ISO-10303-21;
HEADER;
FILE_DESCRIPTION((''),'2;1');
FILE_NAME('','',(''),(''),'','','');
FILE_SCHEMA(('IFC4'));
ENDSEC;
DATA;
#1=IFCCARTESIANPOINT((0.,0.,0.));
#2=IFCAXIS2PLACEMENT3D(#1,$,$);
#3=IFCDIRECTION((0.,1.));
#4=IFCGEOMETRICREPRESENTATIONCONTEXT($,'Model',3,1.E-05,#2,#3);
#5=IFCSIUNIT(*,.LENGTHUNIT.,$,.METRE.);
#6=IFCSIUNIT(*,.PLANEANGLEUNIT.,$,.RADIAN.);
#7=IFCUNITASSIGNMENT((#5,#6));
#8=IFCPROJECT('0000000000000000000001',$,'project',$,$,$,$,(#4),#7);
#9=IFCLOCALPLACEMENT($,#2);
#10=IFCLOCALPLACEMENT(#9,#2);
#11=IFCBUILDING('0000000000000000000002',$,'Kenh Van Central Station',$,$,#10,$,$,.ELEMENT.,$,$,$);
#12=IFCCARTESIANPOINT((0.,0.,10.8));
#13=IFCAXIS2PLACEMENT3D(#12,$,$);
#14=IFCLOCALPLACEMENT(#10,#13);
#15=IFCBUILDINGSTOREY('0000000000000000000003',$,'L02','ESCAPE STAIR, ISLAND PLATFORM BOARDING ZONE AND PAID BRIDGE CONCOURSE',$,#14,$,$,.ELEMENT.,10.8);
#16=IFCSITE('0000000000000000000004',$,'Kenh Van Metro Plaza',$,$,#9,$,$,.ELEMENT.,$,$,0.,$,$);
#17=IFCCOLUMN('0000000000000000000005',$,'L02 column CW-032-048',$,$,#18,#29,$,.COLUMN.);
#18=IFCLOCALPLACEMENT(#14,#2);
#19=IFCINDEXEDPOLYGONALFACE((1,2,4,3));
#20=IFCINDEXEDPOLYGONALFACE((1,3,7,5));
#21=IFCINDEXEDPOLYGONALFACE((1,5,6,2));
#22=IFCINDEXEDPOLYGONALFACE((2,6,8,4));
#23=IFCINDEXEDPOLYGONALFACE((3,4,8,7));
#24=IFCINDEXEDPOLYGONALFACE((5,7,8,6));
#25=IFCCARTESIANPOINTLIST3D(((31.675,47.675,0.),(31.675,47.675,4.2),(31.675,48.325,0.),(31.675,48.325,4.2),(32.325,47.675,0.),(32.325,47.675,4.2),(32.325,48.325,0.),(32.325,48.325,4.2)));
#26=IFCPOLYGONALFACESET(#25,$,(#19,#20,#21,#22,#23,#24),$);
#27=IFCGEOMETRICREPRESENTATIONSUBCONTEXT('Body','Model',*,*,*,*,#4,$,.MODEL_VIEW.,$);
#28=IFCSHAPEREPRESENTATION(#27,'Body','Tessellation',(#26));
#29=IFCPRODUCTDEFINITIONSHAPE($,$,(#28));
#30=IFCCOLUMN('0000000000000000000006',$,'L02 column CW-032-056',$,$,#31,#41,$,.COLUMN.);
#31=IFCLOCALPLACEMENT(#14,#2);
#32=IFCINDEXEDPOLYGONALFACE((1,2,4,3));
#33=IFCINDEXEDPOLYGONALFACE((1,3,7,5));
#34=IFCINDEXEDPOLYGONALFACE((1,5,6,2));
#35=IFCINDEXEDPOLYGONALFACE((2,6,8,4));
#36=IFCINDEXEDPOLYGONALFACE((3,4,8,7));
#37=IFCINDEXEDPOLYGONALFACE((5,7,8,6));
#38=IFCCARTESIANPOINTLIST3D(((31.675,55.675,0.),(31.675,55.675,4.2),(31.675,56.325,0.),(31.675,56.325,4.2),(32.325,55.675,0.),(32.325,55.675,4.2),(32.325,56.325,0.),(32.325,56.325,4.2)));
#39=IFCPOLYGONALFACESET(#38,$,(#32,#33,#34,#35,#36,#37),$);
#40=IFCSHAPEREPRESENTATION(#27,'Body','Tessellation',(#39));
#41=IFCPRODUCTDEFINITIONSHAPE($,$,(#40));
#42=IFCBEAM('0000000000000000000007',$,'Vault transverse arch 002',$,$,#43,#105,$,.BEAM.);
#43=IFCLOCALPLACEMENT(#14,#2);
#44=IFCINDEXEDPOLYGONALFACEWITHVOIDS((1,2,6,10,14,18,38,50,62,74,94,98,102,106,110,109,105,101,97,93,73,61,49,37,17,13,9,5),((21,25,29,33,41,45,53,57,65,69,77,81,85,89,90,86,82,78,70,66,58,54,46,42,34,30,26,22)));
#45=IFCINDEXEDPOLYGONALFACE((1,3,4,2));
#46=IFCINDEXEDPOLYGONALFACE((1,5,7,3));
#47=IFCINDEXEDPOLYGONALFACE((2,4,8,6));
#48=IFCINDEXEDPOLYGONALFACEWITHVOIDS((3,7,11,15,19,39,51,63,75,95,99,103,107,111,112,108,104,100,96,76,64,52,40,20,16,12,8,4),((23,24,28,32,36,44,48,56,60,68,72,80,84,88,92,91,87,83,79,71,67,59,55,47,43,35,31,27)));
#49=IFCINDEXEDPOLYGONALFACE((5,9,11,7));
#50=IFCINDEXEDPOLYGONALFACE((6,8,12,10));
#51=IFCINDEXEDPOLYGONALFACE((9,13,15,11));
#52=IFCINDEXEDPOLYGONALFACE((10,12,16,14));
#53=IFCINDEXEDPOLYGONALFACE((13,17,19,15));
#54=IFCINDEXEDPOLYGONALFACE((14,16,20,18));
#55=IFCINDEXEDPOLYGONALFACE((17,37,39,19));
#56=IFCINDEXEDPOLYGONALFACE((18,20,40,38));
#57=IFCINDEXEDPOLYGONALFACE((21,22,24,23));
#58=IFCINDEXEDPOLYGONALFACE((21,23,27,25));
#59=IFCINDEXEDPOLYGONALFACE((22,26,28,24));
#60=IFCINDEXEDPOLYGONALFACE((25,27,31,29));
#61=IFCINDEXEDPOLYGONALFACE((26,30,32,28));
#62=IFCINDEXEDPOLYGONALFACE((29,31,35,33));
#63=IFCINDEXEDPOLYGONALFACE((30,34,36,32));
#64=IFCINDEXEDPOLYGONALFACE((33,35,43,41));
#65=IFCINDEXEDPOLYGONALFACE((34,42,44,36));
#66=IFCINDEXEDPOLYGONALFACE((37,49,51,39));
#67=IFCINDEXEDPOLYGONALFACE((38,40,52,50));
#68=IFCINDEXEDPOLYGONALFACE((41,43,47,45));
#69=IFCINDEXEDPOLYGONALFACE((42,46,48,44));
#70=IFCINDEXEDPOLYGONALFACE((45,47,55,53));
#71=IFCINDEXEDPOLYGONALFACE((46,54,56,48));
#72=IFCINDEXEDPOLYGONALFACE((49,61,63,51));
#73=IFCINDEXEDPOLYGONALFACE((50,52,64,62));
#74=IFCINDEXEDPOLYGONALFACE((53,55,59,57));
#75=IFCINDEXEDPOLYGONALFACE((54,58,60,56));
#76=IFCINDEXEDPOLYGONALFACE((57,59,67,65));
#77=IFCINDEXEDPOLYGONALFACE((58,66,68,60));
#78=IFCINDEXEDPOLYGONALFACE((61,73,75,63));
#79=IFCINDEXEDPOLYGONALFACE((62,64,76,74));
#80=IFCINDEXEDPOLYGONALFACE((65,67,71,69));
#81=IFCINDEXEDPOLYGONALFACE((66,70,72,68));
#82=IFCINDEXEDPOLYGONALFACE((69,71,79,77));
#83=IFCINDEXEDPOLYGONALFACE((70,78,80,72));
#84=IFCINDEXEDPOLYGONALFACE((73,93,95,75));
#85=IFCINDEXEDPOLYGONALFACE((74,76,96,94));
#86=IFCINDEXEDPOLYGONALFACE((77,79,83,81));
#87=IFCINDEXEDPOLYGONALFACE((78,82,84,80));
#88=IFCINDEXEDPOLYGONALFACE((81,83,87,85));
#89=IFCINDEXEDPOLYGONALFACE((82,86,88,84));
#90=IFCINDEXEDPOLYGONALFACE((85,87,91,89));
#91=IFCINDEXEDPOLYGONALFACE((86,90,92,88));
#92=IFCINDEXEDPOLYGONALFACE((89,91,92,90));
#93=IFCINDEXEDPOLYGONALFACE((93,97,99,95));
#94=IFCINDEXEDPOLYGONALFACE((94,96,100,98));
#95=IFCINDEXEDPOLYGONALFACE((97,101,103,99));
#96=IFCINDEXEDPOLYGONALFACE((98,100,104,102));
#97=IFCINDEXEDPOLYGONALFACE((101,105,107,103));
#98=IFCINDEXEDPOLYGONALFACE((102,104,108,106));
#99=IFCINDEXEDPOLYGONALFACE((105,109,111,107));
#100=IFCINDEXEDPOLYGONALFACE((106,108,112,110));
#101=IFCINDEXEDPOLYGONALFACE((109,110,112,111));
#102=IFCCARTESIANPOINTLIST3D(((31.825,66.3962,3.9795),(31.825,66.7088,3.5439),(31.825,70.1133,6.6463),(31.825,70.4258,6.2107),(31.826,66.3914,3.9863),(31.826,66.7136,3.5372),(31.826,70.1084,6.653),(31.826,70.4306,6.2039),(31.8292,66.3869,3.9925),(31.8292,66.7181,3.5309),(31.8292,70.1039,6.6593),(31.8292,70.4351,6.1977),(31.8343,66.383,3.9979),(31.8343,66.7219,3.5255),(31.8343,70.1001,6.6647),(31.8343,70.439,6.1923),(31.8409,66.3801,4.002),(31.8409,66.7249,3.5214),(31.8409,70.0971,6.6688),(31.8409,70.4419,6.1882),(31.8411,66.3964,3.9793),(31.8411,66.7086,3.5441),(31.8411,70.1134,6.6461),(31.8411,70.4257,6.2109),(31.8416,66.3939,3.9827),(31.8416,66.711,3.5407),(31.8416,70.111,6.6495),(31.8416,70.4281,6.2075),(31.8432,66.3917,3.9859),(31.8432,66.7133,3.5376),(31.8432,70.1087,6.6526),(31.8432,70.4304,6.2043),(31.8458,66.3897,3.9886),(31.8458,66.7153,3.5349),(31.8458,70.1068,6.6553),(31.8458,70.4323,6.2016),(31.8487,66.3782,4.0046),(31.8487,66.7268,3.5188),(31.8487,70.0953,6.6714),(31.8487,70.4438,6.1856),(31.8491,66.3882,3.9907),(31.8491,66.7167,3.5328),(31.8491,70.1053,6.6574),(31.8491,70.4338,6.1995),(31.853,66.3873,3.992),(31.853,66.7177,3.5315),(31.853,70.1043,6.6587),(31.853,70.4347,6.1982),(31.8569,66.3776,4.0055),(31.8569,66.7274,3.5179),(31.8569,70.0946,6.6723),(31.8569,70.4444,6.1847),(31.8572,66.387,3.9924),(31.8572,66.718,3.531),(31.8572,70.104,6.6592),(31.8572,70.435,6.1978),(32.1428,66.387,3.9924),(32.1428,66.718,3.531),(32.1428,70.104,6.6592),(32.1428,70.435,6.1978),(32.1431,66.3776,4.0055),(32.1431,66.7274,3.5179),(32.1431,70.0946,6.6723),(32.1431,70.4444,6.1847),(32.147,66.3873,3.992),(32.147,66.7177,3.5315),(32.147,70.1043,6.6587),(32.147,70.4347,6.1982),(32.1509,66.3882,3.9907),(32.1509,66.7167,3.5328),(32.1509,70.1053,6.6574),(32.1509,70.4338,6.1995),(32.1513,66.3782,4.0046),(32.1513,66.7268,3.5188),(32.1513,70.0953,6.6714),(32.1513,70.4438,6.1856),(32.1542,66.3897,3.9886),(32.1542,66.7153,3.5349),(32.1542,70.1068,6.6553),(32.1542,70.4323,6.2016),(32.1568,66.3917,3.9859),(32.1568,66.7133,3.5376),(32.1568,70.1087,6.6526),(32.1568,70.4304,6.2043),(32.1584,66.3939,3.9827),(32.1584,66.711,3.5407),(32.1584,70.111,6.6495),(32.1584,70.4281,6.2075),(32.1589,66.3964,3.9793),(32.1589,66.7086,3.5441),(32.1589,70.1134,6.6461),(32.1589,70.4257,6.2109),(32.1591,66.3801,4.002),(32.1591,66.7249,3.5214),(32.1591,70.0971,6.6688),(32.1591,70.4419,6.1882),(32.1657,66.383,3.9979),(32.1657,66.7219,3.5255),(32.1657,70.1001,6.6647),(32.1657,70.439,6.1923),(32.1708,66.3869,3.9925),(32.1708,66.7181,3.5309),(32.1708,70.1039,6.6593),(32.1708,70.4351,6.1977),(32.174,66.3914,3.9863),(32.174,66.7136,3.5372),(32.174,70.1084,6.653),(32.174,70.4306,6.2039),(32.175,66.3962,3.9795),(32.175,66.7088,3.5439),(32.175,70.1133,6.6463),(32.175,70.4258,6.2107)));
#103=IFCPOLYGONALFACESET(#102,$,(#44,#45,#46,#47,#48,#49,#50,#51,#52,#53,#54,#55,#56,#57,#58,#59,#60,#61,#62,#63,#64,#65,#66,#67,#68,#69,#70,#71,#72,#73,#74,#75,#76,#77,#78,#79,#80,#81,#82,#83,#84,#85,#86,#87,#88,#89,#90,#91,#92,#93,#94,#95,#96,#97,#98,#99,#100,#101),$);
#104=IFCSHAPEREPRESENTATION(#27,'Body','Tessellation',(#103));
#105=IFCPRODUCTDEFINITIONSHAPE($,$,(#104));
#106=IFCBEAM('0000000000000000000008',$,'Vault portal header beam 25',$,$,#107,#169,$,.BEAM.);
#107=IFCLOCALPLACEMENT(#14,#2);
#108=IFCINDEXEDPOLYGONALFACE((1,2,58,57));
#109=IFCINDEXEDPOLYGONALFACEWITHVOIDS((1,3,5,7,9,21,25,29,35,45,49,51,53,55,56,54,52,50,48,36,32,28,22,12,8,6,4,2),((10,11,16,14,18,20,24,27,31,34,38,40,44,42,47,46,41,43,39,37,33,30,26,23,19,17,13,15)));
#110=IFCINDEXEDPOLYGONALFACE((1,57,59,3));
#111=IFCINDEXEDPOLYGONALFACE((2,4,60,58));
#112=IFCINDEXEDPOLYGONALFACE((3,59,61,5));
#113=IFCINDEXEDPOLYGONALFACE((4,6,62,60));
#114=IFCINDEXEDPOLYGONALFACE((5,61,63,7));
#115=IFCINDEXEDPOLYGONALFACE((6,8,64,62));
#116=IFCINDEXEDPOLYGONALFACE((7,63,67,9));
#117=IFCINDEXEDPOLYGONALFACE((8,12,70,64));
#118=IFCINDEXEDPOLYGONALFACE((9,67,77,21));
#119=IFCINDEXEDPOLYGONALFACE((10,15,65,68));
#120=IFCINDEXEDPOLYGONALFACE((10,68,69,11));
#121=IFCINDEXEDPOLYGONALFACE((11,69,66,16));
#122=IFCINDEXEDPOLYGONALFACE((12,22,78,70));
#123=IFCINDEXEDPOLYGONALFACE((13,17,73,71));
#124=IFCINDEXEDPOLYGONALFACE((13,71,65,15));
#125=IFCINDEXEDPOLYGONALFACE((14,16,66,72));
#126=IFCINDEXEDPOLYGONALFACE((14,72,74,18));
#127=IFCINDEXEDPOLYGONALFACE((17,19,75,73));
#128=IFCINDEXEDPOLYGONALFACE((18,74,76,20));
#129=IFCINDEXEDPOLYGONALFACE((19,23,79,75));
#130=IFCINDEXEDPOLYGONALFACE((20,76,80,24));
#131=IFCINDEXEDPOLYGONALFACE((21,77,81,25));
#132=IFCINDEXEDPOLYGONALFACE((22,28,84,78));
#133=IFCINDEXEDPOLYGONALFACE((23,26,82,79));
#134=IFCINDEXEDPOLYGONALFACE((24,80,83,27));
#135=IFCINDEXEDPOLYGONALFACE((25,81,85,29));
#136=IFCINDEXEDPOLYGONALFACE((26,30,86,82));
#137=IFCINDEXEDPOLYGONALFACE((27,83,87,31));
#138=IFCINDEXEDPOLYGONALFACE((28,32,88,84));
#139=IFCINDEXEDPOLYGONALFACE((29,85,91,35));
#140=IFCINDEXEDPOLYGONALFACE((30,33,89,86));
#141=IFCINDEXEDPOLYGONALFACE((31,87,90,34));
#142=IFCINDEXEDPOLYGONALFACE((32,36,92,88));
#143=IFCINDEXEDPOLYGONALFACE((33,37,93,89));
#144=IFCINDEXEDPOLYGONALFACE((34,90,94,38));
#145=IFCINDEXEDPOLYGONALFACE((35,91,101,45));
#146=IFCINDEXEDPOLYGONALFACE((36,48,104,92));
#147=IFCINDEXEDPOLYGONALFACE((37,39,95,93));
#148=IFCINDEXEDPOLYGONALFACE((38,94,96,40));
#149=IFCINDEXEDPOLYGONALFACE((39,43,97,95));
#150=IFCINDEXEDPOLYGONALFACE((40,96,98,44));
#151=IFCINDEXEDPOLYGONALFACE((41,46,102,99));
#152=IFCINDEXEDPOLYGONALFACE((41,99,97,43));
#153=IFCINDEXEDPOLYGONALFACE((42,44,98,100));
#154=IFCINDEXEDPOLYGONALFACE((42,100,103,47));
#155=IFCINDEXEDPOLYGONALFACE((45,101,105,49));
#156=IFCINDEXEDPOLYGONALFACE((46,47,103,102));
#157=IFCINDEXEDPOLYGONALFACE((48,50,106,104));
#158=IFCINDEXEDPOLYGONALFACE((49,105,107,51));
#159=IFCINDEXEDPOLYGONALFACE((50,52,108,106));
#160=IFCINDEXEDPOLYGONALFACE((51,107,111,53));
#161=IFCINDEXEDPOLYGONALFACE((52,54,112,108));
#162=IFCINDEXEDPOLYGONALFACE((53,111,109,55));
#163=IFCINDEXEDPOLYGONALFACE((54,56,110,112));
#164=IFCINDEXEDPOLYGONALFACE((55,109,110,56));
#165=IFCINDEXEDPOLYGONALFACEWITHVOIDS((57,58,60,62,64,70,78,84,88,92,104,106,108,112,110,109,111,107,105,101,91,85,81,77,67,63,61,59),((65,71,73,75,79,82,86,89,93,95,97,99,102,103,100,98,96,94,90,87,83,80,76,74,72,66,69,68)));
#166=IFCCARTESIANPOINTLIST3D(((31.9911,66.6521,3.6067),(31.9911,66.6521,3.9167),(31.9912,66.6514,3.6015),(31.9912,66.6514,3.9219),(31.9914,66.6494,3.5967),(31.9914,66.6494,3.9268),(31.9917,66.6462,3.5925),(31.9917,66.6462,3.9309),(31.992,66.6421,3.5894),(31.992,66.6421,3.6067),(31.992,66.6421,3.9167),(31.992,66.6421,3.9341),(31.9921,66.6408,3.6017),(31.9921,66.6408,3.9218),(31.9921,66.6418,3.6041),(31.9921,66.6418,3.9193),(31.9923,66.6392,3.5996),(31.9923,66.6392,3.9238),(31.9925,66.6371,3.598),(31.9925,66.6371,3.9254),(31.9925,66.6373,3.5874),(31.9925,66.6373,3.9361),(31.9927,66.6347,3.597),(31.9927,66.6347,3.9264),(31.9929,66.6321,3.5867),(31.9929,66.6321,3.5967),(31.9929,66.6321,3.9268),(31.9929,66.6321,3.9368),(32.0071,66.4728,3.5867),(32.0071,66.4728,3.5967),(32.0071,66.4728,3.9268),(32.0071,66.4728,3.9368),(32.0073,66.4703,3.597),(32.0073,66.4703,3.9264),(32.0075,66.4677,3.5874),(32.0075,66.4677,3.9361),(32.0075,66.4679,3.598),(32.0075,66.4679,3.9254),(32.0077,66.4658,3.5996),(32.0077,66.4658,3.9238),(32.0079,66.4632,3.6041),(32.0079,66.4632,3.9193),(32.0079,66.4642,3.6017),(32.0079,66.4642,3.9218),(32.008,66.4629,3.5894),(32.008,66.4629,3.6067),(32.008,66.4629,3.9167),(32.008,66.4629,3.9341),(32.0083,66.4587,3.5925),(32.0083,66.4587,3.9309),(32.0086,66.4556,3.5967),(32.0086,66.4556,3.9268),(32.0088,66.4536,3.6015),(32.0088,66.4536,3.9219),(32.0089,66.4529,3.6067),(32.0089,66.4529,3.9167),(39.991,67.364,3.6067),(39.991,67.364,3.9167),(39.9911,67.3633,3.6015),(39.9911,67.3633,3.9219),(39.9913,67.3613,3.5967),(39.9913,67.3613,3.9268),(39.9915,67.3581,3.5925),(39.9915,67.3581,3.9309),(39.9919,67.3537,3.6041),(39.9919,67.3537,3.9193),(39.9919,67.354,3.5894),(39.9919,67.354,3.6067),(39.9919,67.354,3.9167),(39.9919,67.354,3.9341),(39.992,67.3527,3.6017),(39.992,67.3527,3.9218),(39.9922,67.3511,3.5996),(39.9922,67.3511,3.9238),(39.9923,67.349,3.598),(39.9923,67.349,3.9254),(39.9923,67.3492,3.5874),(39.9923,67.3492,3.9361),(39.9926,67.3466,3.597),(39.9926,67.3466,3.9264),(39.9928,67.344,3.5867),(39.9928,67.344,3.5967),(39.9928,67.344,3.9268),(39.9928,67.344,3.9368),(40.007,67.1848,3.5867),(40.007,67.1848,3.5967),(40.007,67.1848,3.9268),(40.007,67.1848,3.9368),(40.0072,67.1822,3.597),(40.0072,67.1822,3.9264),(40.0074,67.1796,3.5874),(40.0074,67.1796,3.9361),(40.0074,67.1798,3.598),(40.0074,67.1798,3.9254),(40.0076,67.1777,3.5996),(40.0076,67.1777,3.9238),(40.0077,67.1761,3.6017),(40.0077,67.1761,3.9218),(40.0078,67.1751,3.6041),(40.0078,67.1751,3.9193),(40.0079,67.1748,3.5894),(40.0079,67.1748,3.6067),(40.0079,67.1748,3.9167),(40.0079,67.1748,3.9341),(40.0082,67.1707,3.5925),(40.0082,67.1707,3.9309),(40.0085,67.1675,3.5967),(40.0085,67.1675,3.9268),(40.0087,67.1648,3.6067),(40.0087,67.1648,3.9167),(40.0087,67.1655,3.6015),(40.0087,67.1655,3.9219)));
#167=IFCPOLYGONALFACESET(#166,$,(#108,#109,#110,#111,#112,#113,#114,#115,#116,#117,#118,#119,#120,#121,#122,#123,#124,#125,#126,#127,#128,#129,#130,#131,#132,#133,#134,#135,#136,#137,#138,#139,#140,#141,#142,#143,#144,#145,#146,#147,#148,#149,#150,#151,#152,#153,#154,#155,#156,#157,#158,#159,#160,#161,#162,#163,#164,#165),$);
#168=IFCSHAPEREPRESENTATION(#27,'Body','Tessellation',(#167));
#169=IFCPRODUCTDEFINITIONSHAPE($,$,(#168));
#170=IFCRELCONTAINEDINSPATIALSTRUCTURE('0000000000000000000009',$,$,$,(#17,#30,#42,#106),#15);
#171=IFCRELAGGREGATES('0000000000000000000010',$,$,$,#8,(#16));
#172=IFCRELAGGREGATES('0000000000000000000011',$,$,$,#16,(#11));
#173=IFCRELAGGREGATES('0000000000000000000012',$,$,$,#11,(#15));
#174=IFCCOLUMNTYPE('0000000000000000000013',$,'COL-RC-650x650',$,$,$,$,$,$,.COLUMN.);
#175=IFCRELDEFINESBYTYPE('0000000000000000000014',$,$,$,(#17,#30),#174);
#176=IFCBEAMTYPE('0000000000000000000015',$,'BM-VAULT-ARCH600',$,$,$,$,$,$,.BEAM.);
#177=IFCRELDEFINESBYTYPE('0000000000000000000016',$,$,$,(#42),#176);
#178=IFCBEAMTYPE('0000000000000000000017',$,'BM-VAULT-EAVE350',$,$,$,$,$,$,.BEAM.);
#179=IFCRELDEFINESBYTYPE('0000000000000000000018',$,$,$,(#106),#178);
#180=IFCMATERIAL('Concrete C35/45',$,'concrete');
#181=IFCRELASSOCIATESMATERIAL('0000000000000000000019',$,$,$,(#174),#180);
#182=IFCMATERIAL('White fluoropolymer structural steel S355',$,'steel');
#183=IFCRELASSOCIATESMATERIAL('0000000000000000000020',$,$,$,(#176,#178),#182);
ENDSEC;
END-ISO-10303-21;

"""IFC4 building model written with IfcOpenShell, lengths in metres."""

from ifc_helpers import new_model, si_unit, direction, frame, origin, origin_2d, place, context, subcontext, project, spatial, rectangle, hollow_rectangle, extrude, material, material_profile, profile_set, type_object, element, save


model = new_model("IFC4")

# Units and contexts
model_context = context("Model", 3, precision=1e-05, world=origin(), true_north=direction((0.0, 1.0)))
body_context = subcontext(model_context, "Body", "Model", "MODEL_VIEW")
ifc_project = project(units=[si_unit("LENGTHUNIT", "METRE"), si_unit("PLANEANGLEUNIT", "RADIAN")], contexts=[model_context])

# Site, building, storey
site_placement = place(None, origin())
site = spatial("IfcSite", under=ifc_project, at=site_placement, Name="Kenh Van Metro Plaza", CompositionType="ELEMENT", RefElevation=0.0)
building_placement = place(site_placement, origin())
building = spatial("IfcBuilding", under=site, at=building_placement, Name="Kenh Van Central Station", CompositionType="ELEMENT")
storey_placement = place(building_placement, frame((0.0, 0.0, 10.8)))
storey = spatial("IfcBuildingStorey", under=building, at=storey_placement, Name="L02", Description="ESCAPE STAIR, ISLAND PLATFORM BOARDING ZONE AND PAID BRIDGE CONCOURSE", CompositionType="ELEMENT", Elevation=10.8)

# Columns
ifc_material_1 = material(Name="Concrete C35/45", Category="concrete")
ifc_material_profile_1 = material_profile(ifc_material_1, rectangle(XDim=0.6499, YDim=0.6499, at=origin_2d()), Name="RC 650x650")
ifc_profile_set_1 = profile_set([ifc_material_profile_1], Name="Concrete C35/45")
column_type = type_object("IfcColumnType", Name="COL-RC-650x650", PredefinedType="COLUMN", material=ifc_profile_set_1)
for number, where, z_axis, x_axis, name in (
    (1, (32.0, 48.0, 0.0), (0.0, 0.0, 1.0), (1.0, 0.0, 0.0), "L02 column CW-032-048"),
    (2, (32.0, 56.0, 0.0), (0.0, 0.0, 1.0), (1.0, 0.0, 0.0), "L02 column CW-032-056"),
):
    element("IfcColumn", number, at=place(storey_placement, frame(where, z_axis=z_axis, x_axis=x_axis)), inside=storey, type_object=column_type, Name=name, PredefinedType="COLUMN", context=body_context, shape_type="SweptSolid", body=[
        extrude(rectangle(XDim=0.6499, YDim=0.6499, at=origin_2d()), origin(), (0.0, 0.0, 1.0), 4.2),
    ])

# Beams
ifc_material_2 = material(Name="White fluoropolymer structural steel S355", Category="steel")
ifc_material_profile_2 = material_profile(ifc_material_2, hollow_rectangle(XDim=0.3501, YDim=0.6001, WallThickness=0.0161, InnerFilletRadius=0.0161, OuterFilletRadius=0.032, at=origin_2d()), Name="RHS 600x350x16")
ifc_profile_set_2 = profile_set([ifc_material_profile_2], Name="White fluoropolymer structural steel S355")
beam_type_1 = type_object("IfcBeamType", Name="BM-VAULT-ARCH600", PredefinedType="BEAM", material=ifc_profile_set_2)
beam_1_placement = place(storey_placement, frame((32.0, 66.5525, 3.7617), z_axis=(0.0, 0.81252, 0.582933), x_axis=(-1.0, 0.0, 0.0)))
element("IfcBeam", 3, at=beam_1_placement, inside=storey, type_object=beam_type_1, Name="Vault transverse arch 002", PredefinedType="BEAM", context=body_context, shape_type="SweptSolid", body=[
    extrude(hollow_rectangle(XDim=0.3501, YDim=0.6001, WallThickness=0.0161, InnerFilletRadius=0.0161, OuterFilletRadius=0.032, at=origin_2d()), origin(), (0.0, 0.0, 1.0), 4.5747),
])
ifc_material_profile_3 = material_profile(ifc_material_2, hollow_rectangle(XDim=0.2, YDim=0.3501, WallThickness=0.01, InnerFilletRadius=0.01, OuterFilletRadius=0.02, at=origin_2d()), Name="RHS 350x200x10")
ifc_profile_set_3 = profile_set([ifc_material_profile_3], Name="White fluoropolymer structural steel S355")
beam_type_2 = type_object("IfcBeamType", Name="BM-VAULT-EAVE350", PredefinedType="BEAM", material=ifc_profile_set_3)
beam_2_placement = place(storey_placement, frame((32.0, 66.5525, 3.7617), z_axis=(0.996064, 0.088639, 0.0), x_axis=(-0.088639, 0.996064, 0.0)))
element("IfcBeam", 4, at=beam_2_placement, inside=storey, type_object=beam_type_2, Name="Vault portal header beam 25", PredefinedType="BEAM", context=body_context, shape_type="SweptSolid", body=[
    extrude(hollow_rectangle(XDim=0.2, YDim=0.3501, WallThickness=0.01, InnerFilletRadius=0.01, OuterFilletRadius=0.02, at=origin_2d()), origin(), (0.0, 0.0, 1.0), 8.0315),
])

save(model, "model.ifc")
